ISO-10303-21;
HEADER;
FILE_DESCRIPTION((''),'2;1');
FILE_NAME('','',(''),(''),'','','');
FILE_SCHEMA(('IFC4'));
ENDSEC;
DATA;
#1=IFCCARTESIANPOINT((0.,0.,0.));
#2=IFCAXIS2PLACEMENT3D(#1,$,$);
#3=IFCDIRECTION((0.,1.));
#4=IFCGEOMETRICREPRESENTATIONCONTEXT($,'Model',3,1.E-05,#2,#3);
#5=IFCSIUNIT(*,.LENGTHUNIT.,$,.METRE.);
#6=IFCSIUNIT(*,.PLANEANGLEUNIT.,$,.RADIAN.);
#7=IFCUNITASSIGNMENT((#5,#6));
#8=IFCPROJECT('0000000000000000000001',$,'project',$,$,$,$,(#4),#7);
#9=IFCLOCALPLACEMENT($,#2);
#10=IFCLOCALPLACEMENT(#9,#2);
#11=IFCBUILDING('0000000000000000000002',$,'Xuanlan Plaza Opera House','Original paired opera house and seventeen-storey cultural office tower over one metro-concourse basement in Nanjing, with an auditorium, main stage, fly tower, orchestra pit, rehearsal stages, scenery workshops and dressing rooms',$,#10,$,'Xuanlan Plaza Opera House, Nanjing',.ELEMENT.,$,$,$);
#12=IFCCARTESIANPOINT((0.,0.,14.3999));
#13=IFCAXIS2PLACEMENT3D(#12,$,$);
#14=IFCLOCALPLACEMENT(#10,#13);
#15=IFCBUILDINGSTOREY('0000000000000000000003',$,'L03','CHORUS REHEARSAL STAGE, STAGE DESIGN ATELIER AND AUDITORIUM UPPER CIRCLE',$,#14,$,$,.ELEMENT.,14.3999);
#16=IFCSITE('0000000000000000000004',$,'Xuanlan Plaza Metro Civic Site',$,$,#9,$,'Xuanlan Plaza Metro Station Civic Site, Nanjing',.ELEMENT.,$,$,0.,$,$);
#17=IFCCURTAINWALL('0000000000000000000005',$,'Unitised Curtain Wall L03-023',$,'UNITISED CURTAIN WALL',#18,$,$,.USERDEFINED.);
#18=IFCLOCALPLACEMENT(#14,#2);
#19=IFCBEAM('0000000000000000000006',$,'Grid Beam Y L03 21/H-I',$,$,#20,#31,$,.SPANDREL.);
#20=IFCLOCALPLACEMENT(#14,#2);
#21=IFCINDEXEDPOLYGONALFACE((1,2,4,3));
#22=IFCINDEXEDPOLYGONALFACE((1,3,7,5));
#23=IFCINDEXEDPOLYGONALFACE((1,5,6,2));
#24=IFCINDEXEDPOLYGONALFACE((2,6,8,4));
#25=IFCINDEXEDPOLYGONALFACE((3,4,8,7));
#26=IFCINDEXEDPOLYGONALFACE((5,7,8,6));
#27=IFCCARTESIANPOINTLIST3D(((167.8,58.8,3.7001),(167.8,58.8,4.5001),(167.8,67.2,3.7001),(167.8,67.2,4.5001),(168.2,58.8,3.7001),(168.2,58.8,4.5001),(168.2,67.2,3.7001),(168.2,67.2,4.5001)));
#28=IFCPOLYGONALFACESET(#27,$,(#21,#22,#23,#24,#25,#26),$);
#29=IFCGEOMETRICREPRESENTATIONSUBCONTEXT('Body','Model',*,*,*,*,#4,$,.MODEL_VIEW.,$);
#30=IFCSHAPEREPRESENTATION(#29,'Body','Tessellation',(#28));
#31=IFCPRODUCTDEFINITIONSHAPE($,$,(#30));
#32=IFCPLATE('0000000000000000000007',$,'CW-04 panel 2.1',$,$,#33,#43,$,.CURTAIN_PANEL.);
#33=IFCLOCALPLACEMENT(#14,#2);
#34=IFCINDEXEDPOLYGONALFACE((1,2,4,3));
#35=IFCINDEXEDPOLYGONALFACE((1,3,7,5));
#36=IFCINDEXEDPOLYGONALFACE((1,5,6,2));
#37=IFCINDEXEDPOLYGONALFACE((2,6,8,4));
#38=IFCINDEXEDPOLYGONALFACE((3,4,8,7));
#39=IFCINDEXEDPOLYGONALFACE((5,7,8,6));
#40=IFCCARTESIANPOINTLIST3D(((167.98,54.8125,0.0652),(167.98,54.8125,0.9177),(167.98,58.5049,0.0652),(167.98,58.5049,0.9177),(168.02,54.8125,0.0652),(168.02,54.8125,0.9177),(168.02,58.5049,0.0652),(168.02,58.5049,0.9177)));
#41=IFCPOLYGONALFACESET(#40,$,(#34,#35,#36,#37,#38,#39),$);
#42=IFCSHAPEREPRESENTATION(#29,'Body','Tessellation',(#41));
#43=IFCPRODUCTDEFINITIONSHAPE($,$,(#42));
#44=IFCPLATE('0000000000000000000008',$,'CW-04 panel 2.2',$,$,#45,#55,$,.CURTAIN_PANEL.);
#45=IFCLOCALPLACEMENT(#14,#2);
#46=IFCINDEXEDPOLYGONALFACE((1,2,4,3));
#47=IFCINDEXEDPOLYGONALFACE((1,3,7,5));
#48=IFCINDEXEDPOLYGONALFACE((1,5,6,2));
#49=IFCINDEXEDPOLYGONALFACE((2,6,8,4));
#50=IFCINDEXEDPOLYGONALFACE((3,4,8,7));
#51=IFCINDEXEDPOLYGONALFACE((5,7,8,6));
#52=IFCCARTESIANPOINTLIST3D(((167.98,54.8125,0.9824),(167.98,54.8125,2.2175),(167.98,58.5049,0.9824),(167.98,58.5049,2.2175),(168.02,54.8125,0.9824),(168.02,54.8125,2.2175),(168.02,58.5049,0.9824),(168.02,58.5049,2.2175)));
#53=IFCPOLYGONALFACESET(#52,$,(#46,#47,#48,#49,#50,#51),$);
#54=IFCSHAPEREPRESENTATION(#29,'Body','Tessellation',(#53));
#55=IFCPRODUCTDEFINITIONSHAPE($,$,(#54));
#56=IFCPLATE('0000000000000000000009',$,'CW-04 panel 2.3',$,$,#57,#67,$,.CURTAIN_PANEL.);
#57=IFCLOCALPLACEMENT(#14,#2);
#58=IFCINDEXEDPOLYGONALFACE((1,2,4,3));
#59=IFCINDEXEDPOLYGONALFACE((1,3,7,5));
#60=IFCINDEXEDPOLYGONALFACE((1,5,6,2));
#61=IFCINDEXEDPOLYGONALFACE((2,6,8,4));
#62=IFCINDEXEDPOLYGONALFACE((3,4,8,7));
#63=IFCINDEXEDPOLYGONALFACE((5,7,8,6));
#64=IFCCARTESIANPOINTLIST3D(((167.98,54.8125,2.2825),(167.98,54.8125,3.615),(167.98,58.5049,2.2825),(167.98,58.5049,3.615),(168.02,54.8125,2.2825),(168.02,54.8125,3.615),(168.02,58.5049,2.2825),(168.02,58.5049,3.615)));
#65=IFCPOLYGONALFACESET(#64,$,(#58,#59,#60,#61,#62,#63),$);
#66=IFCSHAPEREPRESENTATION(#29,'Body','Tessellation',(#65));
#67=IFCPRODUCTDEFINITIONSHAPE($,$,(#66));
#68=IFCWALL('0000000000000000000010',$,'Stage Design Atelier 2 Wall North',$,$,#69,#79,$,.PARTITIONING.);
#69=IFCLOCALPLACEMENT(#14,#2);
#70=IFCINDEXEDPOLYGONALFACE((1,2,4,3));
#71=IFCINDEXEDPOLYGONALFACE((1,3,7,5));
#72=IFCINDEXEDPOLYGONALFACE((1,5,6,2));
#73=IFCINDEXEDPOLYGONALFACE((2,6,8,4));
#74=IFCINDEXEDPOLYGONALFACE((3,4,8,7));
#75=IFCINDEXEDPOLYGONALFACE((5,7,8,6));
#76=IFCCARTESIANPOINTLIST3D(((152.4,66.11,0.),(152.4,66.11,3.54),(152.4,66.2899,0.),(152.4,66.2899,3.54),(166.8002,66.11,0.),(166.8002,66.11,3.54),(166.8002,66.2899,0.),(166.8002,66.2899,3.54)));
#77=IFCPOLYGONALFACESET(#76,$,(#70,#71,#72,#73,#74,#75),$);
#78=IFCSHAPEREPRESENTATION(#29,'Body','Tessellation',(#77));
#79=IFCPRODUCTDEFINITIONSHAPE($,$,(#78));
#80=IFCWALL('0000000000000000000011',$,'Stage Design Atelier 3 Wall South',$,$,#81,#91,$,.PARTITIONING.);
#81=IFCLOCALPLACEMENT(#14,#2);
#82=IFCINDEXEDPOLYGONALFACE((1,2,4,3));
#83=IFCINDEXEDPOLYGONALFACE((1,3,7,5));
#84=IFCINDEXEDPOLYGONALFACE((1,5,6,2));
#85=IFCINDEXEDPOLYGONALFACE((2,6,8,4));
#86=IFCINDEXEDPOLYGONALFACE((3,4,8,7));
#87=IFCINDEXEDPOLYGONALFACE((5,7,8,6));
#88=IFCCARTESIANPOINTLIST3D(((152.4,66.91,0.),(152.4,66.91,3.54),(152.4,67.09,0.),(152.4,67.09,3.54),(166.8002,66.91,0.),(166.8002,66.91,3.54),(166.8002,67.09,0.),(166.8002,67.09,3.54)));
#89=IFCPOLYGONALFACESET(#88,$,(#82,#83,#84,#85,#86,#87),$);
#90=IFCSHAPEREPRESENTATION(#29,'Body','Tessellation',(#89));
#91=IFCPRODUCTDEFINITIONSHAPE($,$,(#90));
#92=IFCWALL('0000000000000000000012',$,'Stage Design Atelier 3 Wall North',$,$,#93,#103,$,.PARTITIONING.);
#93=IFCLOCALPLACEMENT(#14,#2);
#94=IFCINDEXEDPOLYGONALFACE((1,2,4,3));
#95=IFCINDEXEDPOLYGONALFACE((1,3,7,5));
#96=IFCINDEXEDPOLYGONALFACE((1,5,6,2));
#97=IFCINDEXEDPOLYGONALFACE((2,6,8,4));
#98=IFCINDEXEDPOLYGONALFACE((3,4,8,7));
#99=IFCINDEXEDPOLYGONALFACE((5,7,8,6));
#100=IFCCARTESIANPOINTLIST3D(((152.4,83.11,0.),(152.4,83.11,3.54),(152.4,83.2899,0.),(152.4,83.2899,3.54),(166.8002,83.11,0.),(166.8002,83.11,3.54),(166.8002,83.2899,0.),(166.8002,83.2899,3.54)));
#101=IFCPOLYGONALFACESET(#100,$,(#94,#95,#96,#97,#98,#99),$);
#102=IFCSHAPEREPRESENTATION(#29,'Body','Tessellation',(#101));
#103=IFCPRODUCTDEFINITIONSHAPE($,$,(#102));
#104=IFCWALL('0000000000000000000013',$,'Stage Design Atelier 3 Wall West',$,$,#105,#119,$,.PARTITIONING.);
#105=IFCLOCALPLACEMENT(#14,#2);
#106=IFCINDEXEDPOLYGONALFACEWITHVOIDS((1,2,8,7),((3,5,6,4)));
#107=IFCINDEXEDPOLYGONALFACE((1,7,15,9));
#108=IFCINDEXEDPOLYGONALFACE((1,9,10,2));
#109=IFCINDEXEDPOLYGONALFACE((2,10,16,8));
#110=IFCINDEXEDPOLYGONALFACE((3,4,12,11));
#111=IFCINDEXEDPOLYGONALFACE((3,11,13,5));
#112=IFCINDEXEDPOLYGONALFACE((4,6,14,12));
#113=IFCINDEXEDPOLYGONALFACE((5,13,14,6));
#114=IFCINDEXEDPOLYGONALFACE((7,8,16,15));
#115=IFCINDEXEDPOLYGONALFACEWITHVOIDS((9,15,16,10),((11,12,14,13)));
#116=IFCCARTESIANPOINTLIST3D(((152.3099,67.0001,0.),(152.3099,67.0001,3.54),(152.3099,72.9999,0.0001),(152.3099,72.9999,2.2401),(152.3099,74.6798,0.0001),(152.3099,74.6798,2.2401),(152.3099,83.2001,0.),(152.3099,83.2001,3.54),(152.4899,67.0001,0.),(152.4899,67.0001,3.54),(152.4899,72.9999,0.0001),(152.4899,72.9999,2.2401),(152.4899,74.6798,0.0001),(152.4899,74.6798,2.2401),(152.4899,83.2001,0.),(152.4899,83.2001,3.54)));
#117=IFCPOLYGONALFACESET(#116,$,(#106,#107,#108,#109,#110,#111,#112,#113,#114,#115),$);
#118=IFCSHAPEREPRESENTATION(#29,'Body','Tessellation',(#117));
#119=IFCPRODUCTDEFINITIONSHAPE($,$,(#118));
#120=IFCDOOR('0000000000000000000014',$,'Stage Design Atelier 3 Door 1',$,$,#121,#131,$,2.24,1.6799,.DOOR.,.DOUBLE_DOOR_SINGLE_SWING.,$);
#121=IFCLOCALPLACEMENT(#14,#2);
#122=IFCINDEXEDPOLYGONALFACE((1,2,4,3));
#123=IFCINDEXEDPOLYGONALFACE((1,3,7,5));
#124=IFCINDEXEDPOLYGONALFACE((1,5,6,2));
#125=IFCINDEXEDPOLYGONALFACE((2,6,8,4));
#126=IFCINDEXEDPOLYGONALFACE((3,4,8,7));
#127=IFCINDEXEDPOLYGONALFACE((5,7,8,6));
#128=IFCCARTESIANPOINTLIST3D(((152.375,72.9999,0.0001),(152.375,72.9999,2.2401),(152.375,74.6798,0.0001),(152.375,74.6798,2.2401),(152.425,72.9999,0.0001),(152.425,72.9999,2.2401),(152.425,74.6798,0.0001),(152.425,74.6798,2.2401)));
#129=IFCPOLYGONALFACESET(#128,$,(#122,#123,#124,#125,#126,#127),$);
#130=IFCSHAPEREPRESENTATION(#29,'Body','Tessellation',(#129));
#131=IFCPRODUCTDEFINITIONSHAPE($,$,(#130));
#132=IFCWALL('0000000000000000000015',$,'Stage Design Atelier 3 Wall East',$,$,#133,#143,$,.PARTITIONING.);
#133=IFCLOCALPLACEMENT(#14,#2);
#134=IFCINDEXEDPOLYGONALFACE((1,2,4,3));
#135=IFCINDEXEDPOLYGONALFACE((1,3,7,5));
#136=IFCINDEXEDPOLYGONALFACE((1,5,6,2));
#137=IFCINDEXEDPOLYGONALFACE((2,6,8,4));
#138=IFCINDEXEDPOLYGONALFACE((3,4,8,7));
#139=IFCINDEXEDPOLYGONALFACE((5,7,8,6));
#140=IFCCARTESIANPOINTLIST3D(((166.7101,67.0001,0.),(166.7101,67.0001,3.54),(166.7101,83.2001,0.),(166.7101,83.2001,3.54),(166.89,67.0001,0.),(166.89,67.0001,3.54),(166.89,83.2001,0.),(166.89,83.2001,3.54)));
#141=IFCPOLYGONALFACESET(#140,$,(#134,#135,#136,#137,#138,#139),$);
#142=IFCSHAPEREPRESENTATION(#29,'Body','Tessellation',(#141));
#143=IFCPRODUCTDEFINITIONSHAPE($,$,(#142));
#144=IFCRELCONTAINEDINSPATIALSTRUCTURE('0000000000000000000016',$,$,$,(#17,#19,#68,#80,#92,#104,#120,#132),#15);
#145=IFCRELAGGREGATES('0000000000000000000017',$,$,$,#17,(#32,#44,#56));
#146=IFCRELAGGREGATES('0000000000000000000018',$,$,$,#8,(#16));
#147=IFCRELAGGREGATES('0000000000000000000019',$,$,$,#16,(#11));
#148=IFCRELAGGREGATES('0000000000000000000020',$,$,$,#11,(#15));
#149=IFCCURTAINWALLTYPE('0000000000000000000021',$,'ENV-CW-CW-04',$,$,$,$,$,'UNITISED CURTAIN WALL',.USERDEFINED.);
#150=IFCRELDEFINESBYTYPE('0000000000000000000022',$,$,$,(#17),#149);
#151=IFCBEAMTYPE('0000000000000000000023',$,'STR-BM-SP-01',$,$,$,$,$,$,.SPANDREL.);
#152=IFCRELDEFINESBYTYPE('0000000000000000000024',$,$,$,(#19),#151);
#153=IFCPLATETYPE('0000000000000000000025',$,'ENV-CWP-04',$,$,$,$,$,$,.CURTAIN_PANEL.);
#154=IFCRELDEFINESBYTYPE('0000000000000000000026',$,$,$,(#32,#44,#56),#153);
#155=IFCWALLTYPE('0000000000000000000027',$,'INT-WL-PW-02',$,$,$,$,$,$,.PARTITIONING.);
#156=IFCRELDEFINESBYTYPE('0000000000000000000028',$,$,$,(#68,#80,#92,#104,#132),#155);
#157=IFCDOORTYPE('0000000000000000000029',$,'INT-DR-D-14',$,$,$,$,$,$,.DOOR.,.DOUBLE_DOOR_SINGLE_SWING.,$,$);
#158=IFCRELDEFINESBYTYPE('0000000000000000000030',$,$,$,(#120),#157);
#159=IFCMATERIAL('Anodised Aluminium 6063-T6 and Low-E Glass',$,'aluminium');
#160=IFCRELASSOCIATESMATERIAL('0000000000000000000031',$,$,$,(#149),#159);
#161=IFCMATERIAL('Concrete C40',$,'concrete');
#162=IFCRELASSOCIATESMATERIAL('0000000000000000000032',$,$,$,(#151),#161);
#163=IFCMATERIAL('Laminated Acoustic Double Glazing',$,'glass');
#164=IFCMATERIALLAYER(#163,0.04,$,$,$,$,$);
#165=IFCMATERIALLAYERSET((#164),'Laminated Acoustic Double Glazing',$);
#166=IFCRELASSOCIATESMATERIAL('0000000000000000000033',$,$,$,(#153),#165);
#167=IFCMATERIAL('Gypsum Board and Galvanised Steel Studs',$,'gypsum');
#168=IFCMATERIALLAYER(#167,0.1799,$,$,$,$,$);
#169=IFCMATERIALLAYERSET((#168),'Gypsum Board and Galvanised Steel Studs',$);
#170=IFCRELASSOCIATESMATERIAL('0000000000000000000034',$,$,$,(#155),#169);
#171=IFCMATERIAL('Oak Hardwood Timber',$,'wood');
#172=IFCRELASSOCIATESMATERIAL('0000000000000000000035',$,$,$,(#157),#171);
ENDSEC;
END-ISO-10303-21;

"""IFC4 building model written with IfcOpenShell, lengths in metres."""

from ifc_helpers import new_model, si_unit, direction, frame, frame_2d, origin, origin_2d, place, context, subcontext, project, spatial, rectangle, extrude, material, layer, layer_set, material_profile, profile_set, type_object, element, fill, aggregate, save


model = new_model("IFC4")

# Units and contexts
model_context = context("Model", 3, precision=1e-05, world=origin(), true_north=direction((0.0, 1.0)))
body_context = subcontext(model_context, "Body", "Model", "MODEL_VIEW")
ifc_project = project(units=[si_unit("LENGTHUNIT", "METRE"), si_unit("PLANEANGLEUNIT", "RADIAN")], contexts=[model_context])

# Site, building, storey
site_placement = place(None, origin())
site = spatial("IfcSite", under=ifc_project, at=site_placement, Name="Xuanlan Plaza Metro Civic Site", LongName="Xuanlan Plaza Metro Station Civic Site, Nanjing", CompositionType="ELEMENT", RefElevation=0.0)
building_placement = place(site_placement, origin())
building = spatial("IfcBuilding", under=site, at=building_placement, Name="Xuanlan Plaza Opera House", Description="Original paired opera house and seventeen-storey cultural office tower over one metro-concourse basement in Nanjing, with an auditorium, main stage, fly tower, orchestra pit, rehearsal stages, scenery workshops and dressing rooms", LongName="Xuanlan Plaza Opera House, Nanjing", CompositionType="ELEMENT")
storey_placement = place(building_placement, frame((0.0, 0.0, 14.3999)))
storey = spatial("IfcBuildingStorey", under=building, at=storey_placement, Name="L03", Description="CHORUS REHEARSAL STAGE, STAGE DESIGN ATELIER AND AUDITORIUM UPPER CIRCLE", CompositionType="ELEMENT", Elevation=14.3999)

# Curtain wall
ifc_material_1 = material(Name="Anodised Aluminium 6063-T6 and Low-E Glass", Category="aluminium")
curtain_wall_type_1 = type_object("IfcCurtainWallType", Name="ENV-CW-CW-04", ElementType="UNITISED CURTAIN WALL", PredefinedType="USERDEFINED", material=ifc_material_1)
curtain_wall_1_placement = place(storey_placement, origin())
curtain_wall_1 = element("IfcCurtainWall", 1, at=curtain_wall_1_placement, inside=storey, type_object=curtain_wall_type_1, Name="Unitised Curtain Wall L03-023", ObjectType="UNITISED CURTAIN WALL", PredefinedType="USERDEFINED")

# Beam
ifc_material_2 = material(Name="Concrete C40", Category="concrete")
ifc_material_profile_1 = material_profile(ifc_material_2, rectangle(XDim=0.3999, YDim=0.8, at=origin_2d()), Name="RC-SPD 400x800")
ifc_profile_set_1 = profile_set([ifc_material_profile_1], Name="Concrete C40")
beam_type_1 = type_object("IfcBeamType", Name="STR-BM-SP-01", PredefinedType="SPANDREL", material=ifc_profile_set_1)
beam_1_placement = place(storey_placement, frame((168.0, 58.8, 4.1001), z_axis=(0.0, 1.0, 0.0), x_axis=(-1.0, 0.0, 0.0)))
element("IfcBeam", 2, at=beam_1_placement, inside=storey, type_object=beam_type_1, Name="Grid Beam Y L03 21/H-I", PredefinedType="SPANDREL", context=body_context, shape_type="SweptSolid", body=[
    extrude(rectangle(XDim=0.3999, YDim=0.8, at=origin_2d()), origin(), (0.0, 0.0, 1.0), 8.3999),
])

# Plates
ifc_material_3 = material(Name="Laminated Acoustic Double Glazing", Category="glass")
ifc_layer_1 = layer(ifc_material_3, 0.04)
ifc_layer_set_1 = layer_set([ifc_layer_1], Name="Laminated Acoustic Double Glazing")
plate_type = type_object("IfcPlateType", Name="ENV-CWP-04", PredefinedType="CURTAIN_PANEL", material=ifc_layer_set_1)
plate_1_placement = place(storey_placement, frame((168.0, 56.6587, 0.0652), z_axis=(0.0, 0.0, 1.0), x_axis=(0.0, 1.0, 0.0)))
plate_1 = element("IfcPlate", 3, at=plate_1_placement, type_object=plate_type, Name="CW-04 panel 2.1", PredefinedType="CURTAIN_PANEL", context=body_context, shape_type="SweptSolid", body=[
    extrude(rectangle(XDim=3.6924, YDim=0.04, at=origin_2d()), origin(), (0.0, 0.0, 1.0), 0.8525),
])
plate_2_placement = place(storey_placement, frame((168.0, 56.6587, 0.9824), z_axis=(0.0, 0.0, 1.0), x_axis=(0.0, 1.0, 0.0)))
plate_2 = element("IfcPlate", 4, at=plate_2_placement, type_object=plate_type, Name="CW-04 panel 2.2", PredefinedType="CURTAIN_PANEL", context=body_context, shape_type="SweptSolid", body=[
    extrude(rectangle(XDim=3.6924, YDim=0.04, at=origin_2d()), origin(), (0.0, 0.0, 1.0), 1.2351),
])
plate_3_placement = place(storey_placement, frame((168.0, 56.6587, 2.2825), z_axis=(0.0, 0.0, 1.0), x_axis=(0.0, 1.0, 0.0)))
plate_3 = element("IfcPlate", 5, at=plate_3_placement, type_object=plate_type, Name="CW-04 panel 2.3", PredefinedType="CURTAIN_PANEL", context=body_context, shape_type="SweptSolid", body=[
    extrude(rectangle(XDim=3.6924, YDim=0.04, at=origin_2d()), origin(), (0.0, 0.0, 1.0), 1.3325),
])
aggregate(curtain_wall_1, [plate_1, plate_2, plate_3])

# Walls
ifc_material_4 = material(Name="Gypsum Board and Galvanised Steel Studs", Category="gypsum")
ifc_layer_2 = layer(ifc_material_4, 0.1799)
ifc_layer_set_2 = layer_set([ifc_layer_2], Name="Gypsum Board and Galvanised Steel Studs")
wall_type = type_object("IfcWallType", Name="INT-WL-PW-02", PredefinedType="PARTITIONING", material=ifc_layer_set_2)
for number, where, z_axis, x_axis, name in (
    (6, (152.3999, 66.2, 0.0), (0.0, 0.0, 1.0), (1.0, 0.0, 0.0), "Stage Design Atelier 2 Wall North"),
    (7, (152.3999, 67.0, 0.0), (0.0, 0.0, 1.0), (1.0, 0.0, 0.0), "Stage Design Atelier 3 Wall South"),
    (8, (152.3999, 83.2, 0.0), (0.0, 0.0, 1.0), (1.0, 0.0, 0.0), "Stage Design Atelier 3 Wall North"),
):
    element("IfcWall", number, at=place(storey_placement, frame(where, z_axis=z_axis, x_axis=x_axis)), inside=storey, type_object=wall_type, Name=name, PredefinedType="PARTITIONING", context=body_context, shape_type="SweptSolid", body=[
        extrude(rectangle(XDim=14.4001, YDim=0.1799, at=frame_2d((7.2002, 0.0))), origin(), (0.0, 0.0, 1.0), 3.54),
    ])

# Wall, opening, door
wall_1_placement = place(storey_placement, frame((152.3999, 67.0, 0.0), z_axis=(0.0, 0.0, 1.0), x_axis=(0.0, 1.0, 0.0)))
wall_1 = element("IfcWall", 9, at=wall_1_placement, inside=storey, type_object=wall_type, Name="Stage Design Atelier 3 Wall West", PredefinedType="PARTITIONING", context=body_context, shape_type="SweptSolid", body=[
    extrude(rectangle(XDim=16.2, YDim=0.1799, at=frame_2d((8.1001, 0.0))), origin(), (0.0, 0.0, 1.0), 3.54),
])
opening_placement = place(wall_1_placement, frame((6.0, 0.0, 0.0)))
opening = element("IfcOpeningElement", 10, at=opening_placement, cuts=wall_1, PredefinedType="OPENING", context=body_context, shape_type="SweptSolid", body=[
    extrude(rectangle(XDim=1.6799, YDim=2.24, at=frame_2d((0.8398, 1.1201))), frame((0.0, 0.0999, 0.0), z_axis=(0.0, -1.0, 0.0), x_axis=(1.0, 0.0, 0.0)), (0.0, 0.0, 1.0), 0.2),
])
ifc_material_5 = material(Name="Oak Hardwood Timber", Category="wood")
door_type = type_object("IfcDoorType", Name="INT-DR-D-14", OperationType="DOUBLE_DOOR_SINGLE_SWING", PredefinedType="DOOR", material=ifc_material_5)
door_placement = place(opening_placement, origin())
door = element("IfcDoor", 11, at=door_placement, inside=storey, type_object=door_type, Name="Stage Design Atelier 3 Door 1", OperationType="DOUBLE_DOOR_SINGLE_SWING", OverallHeight=2.24, OverallWidth=1.6799, PredefinedType="DOOR", context=body_context, shape_type="SweptSolid", body=[
    extrude(rectangle(XDim=1.6799, YDim=2.24, at=frame_2d((0.8398, 1.1201))), frame((0.0, 0.0249, 0.0), z_axis=(0.0, -1.0, 0.0), x_axis=(1.0, 0.0, 0.0)), (0.0, 0.0, 1.0), 0.05),
])
fill(opening, door)

# Wall
wall_2_placement = place(storey_placement, frame((166.8, 67.0, 0.0), z_axis=(0.0, 0.0, 1.0), x_axis=(0.0, 1.0, 0.0)))
element("IfcWall", 12, at=wall_2_placement, inside=storey, type_object=wall_type, Name="Stage Design Atelier 3 Wall East", PredefinedType="PARTITIONING", context=body_context, shape_type="SweptSolid", body=[
    extrude(rectangle(XDim=16.2, YDim=0.1799, at=frame_2d((8.1001, 0.0))), origin(), (0.0, 0.0, 1.0), 3.54),
])

save(model, "model.ifc")
